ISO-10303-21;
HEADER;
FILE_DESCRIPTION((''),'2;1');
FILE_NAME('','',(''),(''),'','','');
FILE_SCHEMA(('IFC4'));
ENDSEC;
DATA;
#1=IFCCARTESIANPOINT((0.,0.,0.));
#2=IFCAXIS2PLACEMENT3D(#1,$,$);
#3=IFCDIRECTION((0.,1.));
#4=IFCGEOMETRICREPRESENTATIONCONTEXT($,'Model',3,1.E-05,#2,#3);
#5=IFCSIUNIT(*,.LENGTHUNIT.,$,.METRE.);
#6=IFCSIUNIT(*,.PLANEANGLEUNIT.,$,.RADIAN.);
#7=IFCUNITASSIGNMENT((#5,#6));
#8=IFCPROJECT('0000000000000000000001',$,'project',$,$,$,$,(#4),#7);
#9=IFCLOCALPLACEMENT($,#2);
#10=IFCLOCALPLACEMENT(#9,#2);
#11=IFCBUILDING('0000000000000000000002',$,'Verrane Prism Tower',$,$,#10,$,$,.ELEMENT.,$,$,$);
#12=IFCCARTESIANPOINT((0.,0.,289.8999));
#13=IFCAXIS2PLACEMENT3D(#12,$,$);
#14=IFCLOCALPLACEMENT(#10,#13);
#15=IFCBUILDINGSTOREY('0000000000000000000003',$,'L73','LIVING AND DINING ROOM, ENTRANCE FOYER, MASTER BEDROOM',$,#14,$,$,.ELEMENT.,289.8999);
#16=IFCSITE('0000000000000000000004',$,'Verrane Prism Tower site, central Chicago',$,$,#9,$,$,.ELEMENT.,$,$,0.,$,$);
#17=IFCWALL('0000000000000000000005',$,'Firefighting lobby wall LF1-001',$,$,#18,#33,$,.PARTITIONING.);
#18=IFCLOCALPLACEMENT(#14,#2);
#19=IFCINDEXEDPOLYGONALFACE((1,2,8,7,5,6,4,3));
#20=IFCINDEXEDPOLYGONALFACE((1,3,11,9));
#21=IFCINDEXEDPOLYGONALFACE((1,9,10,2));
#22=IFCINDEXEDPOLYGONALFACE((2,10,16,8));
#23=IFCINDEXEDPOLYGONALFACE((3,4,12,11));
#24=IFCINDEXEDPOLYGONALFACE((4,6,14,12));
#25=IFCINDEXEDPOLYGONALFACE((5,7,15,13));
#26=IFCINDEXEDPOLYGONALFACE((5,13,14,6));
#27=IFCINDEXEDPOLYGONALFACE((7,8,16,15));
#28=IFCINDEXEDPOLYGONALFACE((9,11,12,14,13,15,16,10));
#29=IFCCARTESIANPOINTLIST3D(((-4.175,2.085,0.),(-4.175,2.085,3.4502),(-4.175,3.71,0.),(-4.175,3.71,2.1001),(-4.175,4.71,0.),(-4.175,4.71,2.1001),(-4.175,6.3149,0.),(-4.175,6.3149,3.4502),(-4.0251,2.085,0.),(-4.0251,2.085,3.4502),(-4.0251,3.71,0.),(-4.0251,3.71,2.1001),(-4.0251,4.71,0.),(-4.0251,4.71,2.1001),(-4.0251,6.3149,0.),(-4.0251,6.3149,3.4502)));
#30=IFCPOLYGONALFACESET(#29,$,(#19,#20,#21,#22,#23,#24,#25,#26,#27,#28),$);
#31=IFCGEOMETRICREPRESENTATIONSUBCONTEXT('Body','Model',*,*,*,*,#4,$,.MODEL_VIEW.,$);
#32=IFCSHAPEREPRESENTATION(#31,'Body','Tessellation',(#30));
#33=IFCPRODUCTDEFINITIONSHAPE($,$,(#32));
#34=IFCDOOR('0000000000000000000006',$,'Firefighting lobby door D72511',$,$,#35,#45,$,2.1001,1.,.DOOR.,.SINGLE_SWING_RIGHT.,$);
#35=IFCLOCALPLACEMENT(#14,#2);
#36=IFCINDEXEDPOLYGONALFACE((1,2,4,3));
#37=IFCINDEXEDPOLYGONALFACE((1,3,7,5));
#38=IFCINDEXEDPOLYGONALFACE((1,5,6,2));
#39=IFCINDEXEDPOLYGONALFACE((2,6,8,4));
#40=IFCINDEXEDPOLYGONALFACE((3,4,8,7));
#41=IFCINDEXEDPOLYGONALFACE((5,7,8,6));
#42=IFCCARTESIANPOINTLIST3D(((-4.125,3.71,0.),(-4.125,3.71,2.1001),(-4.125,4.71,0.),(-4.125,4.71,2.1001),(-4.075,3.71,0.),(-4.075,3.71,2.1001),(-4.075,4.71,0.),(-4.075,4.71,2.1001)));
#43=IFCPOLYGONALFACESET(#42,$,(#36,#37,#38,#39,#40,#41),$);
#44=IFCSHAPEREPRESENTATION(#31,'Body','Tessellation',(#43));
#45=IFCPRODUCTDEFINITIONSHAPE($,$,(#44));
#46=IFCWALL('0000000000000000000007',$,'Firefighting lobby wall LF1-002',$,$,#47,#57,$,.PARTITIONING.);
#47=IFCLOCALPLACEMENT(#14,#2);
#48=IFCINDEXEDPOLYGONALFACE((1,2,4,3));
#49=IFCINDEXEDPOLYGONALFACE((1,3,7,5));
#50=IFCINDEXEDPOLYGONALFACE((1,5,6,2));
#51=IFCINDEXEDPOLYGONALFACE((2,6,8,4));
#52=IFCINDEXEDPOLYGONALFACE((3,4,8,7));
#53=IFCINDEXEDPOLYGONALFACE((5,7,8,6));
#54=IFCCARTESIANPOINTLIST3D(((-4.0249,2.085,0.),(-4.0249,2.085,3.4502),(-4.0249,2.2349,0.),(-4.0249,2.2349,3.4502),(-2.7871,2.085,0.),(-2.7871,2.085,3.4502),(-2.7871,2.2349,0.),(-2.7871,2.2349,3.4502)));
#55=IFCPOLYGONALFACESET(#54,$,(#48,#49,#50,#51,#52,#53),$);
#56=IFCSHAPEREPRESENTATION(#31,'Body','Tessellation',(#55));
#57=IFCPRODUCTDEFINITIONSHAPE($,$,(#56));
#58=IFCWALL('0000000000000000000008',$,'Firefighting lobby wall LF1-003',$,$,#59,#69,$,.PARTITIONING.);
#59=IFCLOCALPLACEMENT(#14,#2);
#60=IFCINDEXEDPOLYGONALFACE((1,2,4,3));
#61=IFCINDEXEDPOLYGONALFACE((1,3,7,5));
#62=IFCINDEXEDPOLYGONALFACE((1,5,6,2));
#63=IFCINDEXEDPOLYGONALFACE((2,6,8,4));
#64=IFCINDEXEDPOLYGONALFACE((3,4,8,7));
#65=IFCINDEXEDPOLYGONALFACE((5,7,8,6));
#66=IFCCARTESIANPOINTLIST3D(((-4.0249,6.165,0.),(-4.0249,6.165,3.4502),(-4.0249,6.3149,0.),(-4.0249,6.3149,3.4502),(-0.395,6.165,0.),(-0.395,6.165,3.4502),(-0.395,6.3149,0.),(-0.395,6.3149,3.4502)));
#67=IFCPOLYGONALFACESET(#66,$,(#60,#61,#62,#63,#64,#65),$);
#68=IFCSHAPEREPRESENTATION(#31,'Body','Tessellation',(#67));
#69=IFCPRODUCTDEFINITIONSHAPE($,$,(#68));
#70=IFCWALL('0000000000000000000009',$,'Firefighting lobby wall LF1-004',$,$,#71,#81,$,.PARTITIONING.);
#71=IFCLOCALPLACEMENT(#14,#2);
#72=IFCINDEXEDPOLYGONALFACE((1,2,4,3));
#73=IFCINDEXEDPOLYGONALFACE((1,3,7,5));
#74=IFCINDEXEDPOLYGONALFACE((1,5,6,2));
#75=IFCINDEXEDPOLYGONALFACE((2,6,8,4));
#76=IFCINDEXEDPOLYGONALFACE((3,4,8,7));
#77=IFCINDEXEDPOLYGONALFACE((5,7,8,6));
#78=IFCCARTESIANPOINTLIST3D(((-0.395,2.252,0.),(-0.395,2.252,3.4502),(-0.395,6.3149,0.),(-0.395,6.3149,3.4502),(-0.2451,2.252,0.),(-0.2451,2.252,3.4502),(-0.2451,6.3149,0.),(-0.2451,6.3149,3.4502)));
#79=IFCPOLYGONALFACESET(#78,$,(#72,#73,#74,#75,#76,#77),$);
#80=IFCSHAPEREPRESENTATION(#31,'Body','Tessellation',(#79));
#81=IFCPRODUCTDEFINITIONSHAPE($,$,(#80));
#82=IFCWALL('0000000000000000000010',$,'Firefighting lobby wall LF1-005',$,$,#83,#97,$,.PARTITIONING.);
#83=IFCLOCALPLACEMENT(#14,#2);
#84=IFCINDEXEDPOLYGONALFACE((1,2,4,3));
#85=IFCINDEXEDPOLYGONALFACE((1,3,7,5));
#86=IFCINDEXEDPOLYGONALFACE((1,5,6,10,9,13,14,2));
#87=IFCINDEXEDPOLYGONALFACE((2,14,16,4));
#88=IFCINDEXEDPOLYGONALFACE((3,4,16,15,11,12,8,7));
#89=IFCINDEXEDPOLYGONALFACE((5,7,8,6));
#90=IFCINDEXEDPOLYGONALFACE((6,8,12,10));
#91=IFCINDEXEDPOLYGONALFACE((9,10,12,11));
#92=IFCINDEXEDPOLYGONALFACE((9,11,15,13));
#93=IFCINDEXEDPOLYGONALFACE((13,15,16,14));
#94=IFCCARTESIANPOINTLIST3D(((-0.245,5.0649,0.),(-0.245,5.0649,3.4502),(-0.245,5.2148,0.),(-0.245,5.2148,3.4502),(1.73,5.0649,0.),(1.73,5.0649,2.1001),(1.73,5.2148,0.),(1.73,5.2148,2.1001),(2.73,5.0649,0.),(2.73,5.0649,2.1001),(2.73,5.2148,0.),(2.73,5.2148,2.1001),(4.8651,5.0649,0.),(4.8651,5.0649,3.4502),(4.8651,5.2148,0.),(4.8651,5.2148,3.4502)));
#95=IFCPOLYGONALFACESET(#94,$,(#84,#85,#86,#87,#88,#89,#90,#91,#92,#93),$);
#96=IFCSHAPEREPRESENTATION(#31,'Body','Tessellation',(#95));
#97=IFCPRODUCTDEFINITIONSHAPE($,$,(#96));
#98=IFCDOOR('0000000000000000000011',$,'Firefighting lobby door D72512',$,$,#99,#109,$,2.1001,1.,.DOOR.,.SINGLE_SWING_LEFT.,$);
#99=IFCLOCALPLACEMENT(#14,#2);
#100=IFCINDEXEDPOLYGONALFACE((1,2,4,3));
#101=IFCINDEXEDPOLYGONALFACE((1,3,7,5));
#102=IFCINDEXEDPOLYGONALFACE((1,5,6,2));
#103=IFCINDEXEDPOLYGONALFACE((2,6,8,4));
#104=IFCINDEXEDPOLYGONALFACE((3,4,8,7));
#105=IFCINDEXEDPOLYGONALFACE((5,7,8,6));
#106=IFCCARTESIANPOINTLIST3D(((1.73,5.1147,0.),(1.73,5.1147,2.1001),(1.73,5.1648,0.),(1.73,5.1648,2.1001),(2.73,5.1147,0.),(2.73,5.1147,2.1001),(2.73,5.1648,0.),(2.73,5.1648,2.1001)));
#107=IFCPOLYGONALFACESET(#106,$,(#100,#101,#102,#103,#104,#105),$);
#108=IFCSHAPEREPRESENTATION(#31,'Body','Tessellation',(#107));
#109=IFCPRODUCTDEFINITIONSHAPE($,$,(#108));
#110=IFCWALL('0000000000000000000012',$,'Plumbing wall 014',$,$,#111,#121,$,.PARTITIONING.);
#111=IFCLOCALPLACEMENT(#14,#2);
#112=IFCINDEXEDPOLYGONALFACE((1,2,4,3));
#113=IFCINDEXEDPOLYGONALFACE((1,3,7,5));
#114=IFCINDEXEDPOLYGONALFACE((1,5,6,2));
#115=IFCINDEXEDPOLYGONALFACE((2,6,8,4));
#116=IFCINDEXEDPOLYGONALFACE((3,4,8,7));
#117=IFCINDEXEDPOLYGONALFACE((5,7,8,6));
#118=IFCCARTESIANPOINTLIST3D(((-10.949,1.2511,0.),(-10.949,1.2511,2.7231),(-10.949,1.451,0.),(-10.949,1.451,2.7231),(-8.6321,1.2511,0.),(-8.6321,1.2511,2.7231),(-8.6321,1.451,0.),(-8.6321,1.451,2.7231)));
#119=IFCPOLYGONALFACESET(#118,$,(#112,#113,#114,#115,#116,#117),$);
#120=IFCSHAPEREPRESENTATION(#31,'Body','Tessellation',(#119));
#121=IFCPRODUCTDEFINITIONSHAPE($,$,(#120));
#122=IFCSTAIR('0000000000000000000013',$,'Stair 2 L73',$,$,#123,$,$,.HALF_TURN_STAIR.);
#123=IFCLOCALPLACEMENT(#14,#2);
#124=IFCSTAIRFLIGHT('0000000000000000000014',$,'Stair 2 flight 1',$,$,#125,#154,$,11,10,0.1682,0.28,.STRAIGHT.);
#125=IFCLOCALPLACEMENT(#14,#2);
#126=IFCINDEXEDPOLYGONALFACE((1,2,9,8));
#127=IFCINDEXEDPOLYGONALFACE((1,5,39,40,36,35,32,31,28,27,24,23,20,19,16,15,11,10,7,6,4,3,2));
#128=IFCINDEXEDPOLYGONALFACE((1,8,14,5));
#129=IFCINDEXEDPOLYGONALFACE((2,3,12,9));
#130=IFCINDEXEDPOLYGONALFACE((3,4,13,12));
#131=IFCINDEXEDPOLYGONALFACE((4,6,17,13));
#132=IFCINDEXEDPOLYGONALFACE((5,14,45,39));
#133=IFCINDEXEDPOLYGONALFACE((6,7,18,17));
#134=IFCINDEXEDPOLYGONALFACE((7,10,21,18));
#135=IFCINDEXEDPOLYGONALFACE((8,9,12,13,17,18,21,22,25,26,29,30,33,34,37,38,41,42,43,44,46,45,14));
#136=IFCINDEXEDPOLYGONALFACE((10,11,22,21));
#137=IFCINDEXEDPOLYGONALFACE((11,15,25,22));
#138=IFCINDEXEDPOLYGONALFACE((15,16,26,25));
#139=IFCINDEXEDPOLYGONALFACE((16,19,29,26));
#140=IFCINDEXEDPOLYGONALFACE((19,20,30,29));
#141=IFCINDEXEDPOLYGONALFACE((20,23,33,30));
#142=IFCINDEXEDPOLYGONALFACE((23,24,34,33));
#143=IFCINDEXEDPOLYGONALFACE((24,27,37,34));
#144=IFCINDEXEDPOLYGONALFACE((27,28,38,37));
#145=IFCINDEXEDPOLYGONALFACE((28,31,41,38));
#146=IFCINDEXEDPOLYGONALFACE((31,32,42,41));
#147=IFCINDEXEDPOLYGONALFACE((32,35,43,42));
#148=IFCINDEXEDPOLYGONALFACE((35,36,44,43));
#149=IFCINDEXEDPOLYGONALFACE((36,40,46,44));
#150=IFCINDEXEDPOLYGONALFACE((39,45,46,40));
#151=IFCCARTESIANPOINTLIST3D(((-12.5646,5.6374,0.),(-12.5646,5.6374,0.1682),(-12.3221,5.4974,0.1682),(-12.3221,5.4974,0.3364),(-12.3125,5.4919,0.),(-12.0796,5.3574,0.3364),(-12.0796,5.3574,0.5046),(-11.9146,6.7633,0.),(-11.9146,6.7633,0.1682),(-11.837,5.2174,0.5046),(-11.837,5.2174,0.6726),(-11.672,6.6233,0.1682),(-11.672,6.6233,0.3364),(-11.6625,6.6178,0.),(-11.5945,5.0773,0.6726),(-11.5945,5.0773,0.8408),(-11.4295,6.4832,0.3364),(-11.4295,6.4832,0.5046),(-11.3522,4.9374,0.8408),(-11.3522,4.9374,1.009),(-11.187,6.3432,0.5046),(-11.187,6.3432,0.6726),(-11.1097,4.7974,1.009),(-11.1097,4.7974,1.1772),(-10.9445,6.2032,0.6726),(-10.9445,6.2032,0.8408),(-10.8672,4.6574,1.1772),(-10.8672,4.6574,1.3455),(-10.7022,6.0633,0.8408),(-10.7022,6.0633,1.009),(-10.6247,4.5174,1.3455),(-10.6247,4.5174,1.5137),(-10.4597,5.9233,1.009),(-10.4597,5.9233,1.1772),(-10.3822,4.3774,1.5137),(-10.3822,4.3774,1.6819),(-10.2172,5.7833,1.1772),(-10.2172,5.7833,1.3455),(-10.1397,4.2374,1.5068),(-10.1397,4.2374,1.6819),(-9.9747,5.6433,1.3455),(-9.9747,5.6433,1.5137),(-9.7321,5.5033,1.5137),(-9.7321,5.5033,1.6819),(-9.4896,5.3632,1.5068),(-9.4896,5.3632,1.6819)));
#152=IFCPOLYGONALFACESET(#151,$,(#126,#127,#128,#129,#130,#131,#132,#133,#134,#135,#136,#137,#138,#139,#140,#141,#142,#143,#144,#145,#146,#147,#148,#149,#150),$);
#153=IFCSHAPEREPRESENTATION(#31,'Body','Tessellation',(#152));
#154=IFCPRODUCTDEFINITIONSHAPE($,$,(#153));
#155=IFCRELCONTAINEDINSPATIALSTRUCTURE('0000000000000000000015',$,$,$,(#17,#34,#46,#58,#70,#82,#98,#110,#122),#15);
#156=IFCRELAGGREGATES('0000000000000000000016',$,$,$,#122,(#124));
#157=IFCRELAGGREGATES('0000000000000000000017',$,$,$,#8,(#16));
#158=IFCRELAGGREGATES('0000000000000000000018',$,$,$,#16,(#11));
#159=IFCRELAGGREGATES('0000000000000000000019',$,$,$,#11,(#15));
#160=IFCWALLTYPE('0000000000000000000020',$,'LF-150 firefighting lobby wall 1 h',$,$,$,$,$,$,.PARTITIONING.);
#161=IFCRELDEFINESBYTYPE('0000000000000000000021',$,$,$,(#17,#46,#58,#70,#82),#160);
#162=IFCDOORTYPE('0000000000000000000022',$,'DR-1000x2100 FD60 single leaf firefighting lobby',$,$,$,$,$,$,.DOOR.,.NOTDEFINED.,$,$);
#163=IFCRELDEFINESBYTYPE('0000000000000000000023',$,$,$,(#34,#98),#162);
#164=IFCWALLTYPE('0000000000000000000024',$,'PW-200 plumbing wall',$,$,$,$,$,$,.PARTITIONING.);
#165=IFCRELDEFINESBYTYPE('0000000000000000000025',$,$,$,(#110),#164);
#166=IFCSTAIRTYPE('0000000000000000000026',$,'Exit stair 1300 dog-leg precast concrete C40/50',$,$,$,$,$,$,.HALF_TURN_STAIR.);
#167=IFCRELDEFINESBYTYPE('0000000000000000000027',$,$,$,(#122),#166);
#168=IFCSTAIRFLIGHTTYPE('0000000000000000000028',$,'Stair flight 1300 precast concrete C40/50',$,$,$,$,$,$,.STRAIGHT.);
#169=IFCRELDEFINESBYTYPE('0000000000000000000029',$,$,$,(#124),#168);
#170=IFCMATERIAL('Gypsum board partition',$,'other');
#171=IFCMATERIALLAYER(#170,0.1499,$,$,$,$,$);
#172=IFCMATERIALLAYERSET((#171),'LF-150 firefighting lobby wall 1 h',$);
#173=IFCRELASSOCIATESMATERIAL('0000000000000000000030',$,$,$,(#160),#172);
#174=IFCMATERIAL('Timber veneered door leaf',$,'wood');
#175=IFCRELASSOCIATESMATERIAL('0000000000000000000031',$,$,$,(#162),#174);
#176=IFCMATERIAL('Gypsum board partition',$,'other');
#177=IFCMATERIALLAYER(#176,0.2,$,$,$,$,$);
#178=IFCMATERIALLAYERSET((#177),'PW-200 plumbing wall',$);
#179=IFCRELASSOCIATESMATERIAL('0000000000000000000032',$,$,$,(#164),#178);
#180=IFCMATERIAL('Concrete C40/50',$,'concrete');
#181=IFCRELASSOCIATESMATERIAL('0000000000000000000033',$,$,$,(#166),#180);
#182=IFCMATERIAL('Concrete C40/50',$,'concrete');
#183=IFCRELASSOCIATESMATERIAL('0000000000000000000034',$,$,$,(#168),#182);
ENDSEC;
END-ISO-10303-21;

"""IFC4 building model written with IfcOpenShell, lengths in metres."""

from ifc_helpers import new_model, si_unit, direction, frame, frame_2d, origin, place, context, subcontext, project, spatial, polyline, rectangle, outline, extrude, material, layer, layer_set, type_object, element, fill, aggregate, save


model = new_model("IFC4")

# Units and contexts
model_context = context("Model", 3, precision=1e-05, world=origin(), true_north=direction((0.0, 1.0)))
body_context = subcontext(model_context, "Body", "Model", "MODEL_VIEW")
ifc_project = project(units=[si_unit("LENGTHUNIT", "METRE"), si_unit("PLANEANGLEUNIT", "RADIAN")], contexts=[model_context])

# Site, building, storey
site_placement = place(None, origin())
site = spatial("IfcSite", under=ifc_project, at=site_placement, Name="Verrane Prism Tower site, central Chicago", CompositionType="ELEMENT", RefElevation=0.0)
building_placement = place(site_placement, origin())
building = spatial("IfcBuilding", under=site, at=building_placement, Name="Verrane Prism Tower", CompositionType="ELEMENT")
storey_placement = place(building_placement, frame((0.0, 0.0, 289.8999)))
storey = spatial("IfcBuildingStorey", under=building, at=storey_placement, Name="L73", Description="LIVING AND DINING ROOM, ENTRANCE FOYER, MASTER BEDROOM", CompositionType="ELEMENT", Elevation=289.8999)

# Wall, opening, door
ifc_material_1 = material(Name="Gypsum board partition", Category="other")
ifc_layer_1 = layer(ifc_material_1, 0.1499)
ifc_layer_set_1 = layer_set([ifc_layer_1], Name="LF-150 firefighting lobby wall 1 h")
wall_type_1 = type_object("IfcWallType", Name="LF-150 firefighting lobby wall 1 h", PredefinedType="PARTITIONING", material=ifc_layer_set_1)
wall_1_placement = place(storey_placement, frame((-4.1001, 2.085, 0.0), z_axis=(0.0, 0.0, 1.0), x_axis=(0.0, 1.0, 0.0)))
wall_1 = element("IfcWall", 1, at=wall_1_placement, inside=storey, type_object=wall_type_1, Name="Firefighting lobby wall LF1-001", PredefinedType="PARTITIONING", context=body_context, shape_type="SweptSolid", body=[
    extrude(rectangle(XDim=4.23, YDim=0.1499, at=frame_2d((2.115, 0.0))), origin(), (0.0, 0.0, 1.0), 3.4502),
])
opening_1_placement = place(wall_1_placement, frame((1.625, 0.0, 0.0)))
opening_1 = element("IfcOpeningElement", 2, at=opening_1_placement, cuts=wall_1, PredefinedType="OPENING", context=body_context, shape_type="SweptSolid", body=[
    extrude(rectangle(XDim=1.0, YDim=2.1001, at=frame_2d((0.5, 1.05))), frame((0.0, 0.085, 0.0), z_axis=(0.0, -1.0, 0.0), x_axis=(1.0, 0.0, 0.0)), (0.0, 0.0, 1.0), 0.1699),
])
ifc_material_2 = material(Name="Timber veneered door leaf", Category="wood")
door_type_1 = type_object("IfcDoorType", Name="DR-1000x2100 FD60 single leaf firefighting lobby", OperationType="NOTDEFINED", PredefinedType="DOOR", material=ifc_material_2)
door_1_placement = place(opening_1_placement, origin())
door_1 = element("IfcDoor", 3, at=door_1_placement, inside=storey, type_object=door_type_1, Name="Firefighting lobby door D72511", OperationType="SINGLE_SWING_RIGHT", OverallHeight=2.1001, OverallWidth=1.0, PredefinedType="DOOR", context=body_context, shape_type="SweptSolid", body=[
    extrude(rectangle(XDim=1.0, YDim=2.1001, at=frame_2d((0.5, 1.05))), frame((0.0, 0.0249, 0.0), z_axis=(0.0, -1.0, 0.0), x_axis=(1.0, 0.0, 0.0)), (0.0, 0.0, 1.0), 0.05),
])
fill(opening_1, door_1)

# Walls
wall_2_placement = place(storey_placement, frame((-4.0249, 2.1599, 0.0), z_axis=(0.0, 0.0, 1.0), x_axis=(1.0, 0.0, 0.0)))
element("IfcWall", 4, at=wall_2_placement, inside=storey, type_object=wall_type_1, Name="Firefighting lobby wall LF1-002", PredefinedType="PARTITIONING", context=body_context, shape_type="SweptSolid", body=[
    extrude(rectangle(XDim=1.2378, YDim=0.1499, at=frame_2d((0.6189, 0.0))), origin(), (0.0, 0.0, 1.0), 3.4502),
])
wall_3_placement = place(storey_placement, frame((-4.0249, 6.24, 0.0), z_axis=(0.0, 0.0, 1.0), x_axis=(1.0, 0.0, 0.0)))
element("IfcWall", 5, at=wall_3_placement, inside=storey, type_object=wall_type_1, Name="Firefighting lobby wall LF1-003", PredefinedType="PARTITIONING", context=body_context, shape_type="SweptSolid", body=[
    extrude(rectangle(XDim=3.6299, YDim=0.1499, at=frame_2d((1.8149, 0.0))), origin(), (0.0, 0.0, 1.0), 3.4502),
])
wall_4_placement = place(storey_placement, frame((-0.3201, 2.252, 0.0), z_axis=(0.0, 0.0, 1.0), x_axis=(0.0, 1.0, 0.0)))
element("IfcWall", 6, at=wall_4_placement, inside=storey, type_object=wall_type_1, Name="Firefighting lobby wall LF1-004", PredefinedType="PARTITIONING", context=body_context, shape_type="SweptSolid", body=[
    extrude(rectangle(XDim=4.063, YDim=0.1499, at=frame_2d((2.0315, 0.0))), origin(), (0.0, 0.0, 1.0), 3.4502),
])

# Wall, opening, door
wall_5_placement = place(storey_placement, frame((-0.2451, 5.1399, 0.0), z_axis=(0.0, 0.0, 1.0), x_axis=(1.0, 0.0, 0.0)))
wall_5 = element("IfcWall", 7, at=wall_5_placement, inside=storey, type_object=wall_type_1, Name="Firefighting lobby wall LF1-005", PredefinedType="PARTITIONING", context=body_context, shape_type="SweptSolid", body=[
    extrude(rectangle(XDim=5.1101, YDim=0.1499, at=frame_2d((2.5552, 0.0))), origin(), (0.0, 0.0, 1.0), 3.4502),
])
opening_2_placement = place(wall_5_placement, frame((1.9751, 0.0, 0.0)))
opening_2 = element("IfcOpeningElement", 8, at=opening_2_placement, cuts=wall_5, PredefinedType="OPENING", context=body_context, shape_type="SweptSolid", body=[
    extrude(rectangle(XDim=1.0, YDim=2.1001, at=frame_2d((0.5, 1.05))), frame((0.0, 0.085, 0.0), z_axis=(0.0, -1.0, 0.0), x_axis=(1.0, 0.0, 0.0)), (0.0, 0.0, 1.0), 0.1699),
])
door_2_placement = place(opening_2_placement, origin())
door_2 = element("IfcDoor", 9, at=door_2_placement, inside=storey, type_object=door_type_1, Name="Firefighting lobby door D72512", OperationType="SINGLE_SWING_LEFT", OverallHeight=2.1001, OverallWidth=1.0, PredefinedType="DOOR", context=body_context, shape_type="SweptSolid", body=[
    extrude(rectangle(XDim=1.0, YDim=2.1001, at=frame_2d((0.5, 1.05))), frame((0.0, 0.0249, 0.0), z_axis=(0.0, -1.0, 0.0), x_axis=(1.0, 0.0, 0.0)), (0.0, 0.0, 1.0), 0.05),
])
fill(opening_2, door_2)

# Wall
ifc_material_3 = material(Name="Gypsum board partition", Category="other")
ifc_layer_2 = layer(ifc_material_3, 0.2)
ifc_layer_set_2 = layer_set([ifc_layer_2], Name="PW-200 plumbing wall")
wall_type_2 = type_object("IfcWallType", Name="PW-200 plumbing wall", PredefinedType="PARTITIONING", material=ifc_layer_set_2)
wall_6_placement = place(storey_placement, frame((-10.949, 1.3511, 0.0), z_axis=(0.0, 0.0, 1.0), x_axis=(1.0, 0.0, 0.0)))
element("IfcWall", 10, at=wall_6_placement, inside=storey, type_object=wall_type_2, Name="Plumbing wall 014", PredefinedType="PARTITIONING", context=body_context, shape_type="SweptSolid", body=[
    extrude(rectangle(XDim=2.3169, YDim=0.2, at=frame_2d((1.1584, 0.0))), origin(), (0.0, 0.0, 1.0), 2.7231),
])

# Stair, stair flight
ifc_material_4 = material(Name="Concrete C40/50", Category="concrete")
stair_type = type_object("IfcStairType", Name="Exit stair 1300 dog-leg precast concrete C40/50", PredefinedType="HALF_TURN_STAIR", material=ifc_material_4)
stair_placement = place(storey_placement, origin())
stair = element("IfcStair", 11, at=stair_placement, inside=storey, type_object=stair_type, Name="Stair 2 L73", PredefinedType="HALF_TURN_STAIR")
ifc_material_5 = material(Name="Concrete C40/50", Category="concrete")
stair_flight_type = type_object("IfcStairFlightType", Name="Stair flight 1300 precast concrete C40/50", PredefinedType="STRAIGHT", material=ifc_material_5)
stair_flight_1_placement = place(storey_placement, frame((-12.2395, 6.2004, 0.0), z_axis=(0.0, 0.0, 1.0), x_axis=(0.866025, -0.5, 0.0)))
stair_flight_1 = element("IfcStairFlight", 12, at=stair_flight_1_placement, type_object=stair_flight_type, Name="Stair 2 flight 1", NumberOfRisers=11, NumberOfTreads=10, PredefinedType="STRAIGHT", RiserHeight=0.1682, TreadLength=0.28, context=body_context, shape_type="SweptSolid", body=[
    extrude(outline(polyline([(0.0, 0.0), (0.0, 0.1682), (0.28, 0.1682), (0.28, 0.3364), (0.5601, 0.3364), (0.5601, 0.5046), (0.8401, 0.5046), (0.8401, 0.6726), (1.1201, 0.6726), (1.1201, 0.8408), (1.3999, 0.8408), (1.3999, 1.009), (1.6799, 1.009), (1.6799, 1.1772), (1.96, 1.1772), (1.96, 1.3455), (2.24, 1.3455), (2.24, 1.5137), (2.52, 1.5137), (2.52, 1.6819), (2.8, 1.6819), (2.8, 1.8501), (2.8, 1.5068), (0.291, 0.0), (0.0, 0.0)])), frame((0.0, 0.6499, 0.0), z_axis=(0.0, -1.0, 0.0), x_axis=(1.0, 0.0, 0.0)), (0.0, 0.0, 1.0), 1.3),
])
aggregate(stair, [stair_flight_1])

save(model, "model.ifc")
